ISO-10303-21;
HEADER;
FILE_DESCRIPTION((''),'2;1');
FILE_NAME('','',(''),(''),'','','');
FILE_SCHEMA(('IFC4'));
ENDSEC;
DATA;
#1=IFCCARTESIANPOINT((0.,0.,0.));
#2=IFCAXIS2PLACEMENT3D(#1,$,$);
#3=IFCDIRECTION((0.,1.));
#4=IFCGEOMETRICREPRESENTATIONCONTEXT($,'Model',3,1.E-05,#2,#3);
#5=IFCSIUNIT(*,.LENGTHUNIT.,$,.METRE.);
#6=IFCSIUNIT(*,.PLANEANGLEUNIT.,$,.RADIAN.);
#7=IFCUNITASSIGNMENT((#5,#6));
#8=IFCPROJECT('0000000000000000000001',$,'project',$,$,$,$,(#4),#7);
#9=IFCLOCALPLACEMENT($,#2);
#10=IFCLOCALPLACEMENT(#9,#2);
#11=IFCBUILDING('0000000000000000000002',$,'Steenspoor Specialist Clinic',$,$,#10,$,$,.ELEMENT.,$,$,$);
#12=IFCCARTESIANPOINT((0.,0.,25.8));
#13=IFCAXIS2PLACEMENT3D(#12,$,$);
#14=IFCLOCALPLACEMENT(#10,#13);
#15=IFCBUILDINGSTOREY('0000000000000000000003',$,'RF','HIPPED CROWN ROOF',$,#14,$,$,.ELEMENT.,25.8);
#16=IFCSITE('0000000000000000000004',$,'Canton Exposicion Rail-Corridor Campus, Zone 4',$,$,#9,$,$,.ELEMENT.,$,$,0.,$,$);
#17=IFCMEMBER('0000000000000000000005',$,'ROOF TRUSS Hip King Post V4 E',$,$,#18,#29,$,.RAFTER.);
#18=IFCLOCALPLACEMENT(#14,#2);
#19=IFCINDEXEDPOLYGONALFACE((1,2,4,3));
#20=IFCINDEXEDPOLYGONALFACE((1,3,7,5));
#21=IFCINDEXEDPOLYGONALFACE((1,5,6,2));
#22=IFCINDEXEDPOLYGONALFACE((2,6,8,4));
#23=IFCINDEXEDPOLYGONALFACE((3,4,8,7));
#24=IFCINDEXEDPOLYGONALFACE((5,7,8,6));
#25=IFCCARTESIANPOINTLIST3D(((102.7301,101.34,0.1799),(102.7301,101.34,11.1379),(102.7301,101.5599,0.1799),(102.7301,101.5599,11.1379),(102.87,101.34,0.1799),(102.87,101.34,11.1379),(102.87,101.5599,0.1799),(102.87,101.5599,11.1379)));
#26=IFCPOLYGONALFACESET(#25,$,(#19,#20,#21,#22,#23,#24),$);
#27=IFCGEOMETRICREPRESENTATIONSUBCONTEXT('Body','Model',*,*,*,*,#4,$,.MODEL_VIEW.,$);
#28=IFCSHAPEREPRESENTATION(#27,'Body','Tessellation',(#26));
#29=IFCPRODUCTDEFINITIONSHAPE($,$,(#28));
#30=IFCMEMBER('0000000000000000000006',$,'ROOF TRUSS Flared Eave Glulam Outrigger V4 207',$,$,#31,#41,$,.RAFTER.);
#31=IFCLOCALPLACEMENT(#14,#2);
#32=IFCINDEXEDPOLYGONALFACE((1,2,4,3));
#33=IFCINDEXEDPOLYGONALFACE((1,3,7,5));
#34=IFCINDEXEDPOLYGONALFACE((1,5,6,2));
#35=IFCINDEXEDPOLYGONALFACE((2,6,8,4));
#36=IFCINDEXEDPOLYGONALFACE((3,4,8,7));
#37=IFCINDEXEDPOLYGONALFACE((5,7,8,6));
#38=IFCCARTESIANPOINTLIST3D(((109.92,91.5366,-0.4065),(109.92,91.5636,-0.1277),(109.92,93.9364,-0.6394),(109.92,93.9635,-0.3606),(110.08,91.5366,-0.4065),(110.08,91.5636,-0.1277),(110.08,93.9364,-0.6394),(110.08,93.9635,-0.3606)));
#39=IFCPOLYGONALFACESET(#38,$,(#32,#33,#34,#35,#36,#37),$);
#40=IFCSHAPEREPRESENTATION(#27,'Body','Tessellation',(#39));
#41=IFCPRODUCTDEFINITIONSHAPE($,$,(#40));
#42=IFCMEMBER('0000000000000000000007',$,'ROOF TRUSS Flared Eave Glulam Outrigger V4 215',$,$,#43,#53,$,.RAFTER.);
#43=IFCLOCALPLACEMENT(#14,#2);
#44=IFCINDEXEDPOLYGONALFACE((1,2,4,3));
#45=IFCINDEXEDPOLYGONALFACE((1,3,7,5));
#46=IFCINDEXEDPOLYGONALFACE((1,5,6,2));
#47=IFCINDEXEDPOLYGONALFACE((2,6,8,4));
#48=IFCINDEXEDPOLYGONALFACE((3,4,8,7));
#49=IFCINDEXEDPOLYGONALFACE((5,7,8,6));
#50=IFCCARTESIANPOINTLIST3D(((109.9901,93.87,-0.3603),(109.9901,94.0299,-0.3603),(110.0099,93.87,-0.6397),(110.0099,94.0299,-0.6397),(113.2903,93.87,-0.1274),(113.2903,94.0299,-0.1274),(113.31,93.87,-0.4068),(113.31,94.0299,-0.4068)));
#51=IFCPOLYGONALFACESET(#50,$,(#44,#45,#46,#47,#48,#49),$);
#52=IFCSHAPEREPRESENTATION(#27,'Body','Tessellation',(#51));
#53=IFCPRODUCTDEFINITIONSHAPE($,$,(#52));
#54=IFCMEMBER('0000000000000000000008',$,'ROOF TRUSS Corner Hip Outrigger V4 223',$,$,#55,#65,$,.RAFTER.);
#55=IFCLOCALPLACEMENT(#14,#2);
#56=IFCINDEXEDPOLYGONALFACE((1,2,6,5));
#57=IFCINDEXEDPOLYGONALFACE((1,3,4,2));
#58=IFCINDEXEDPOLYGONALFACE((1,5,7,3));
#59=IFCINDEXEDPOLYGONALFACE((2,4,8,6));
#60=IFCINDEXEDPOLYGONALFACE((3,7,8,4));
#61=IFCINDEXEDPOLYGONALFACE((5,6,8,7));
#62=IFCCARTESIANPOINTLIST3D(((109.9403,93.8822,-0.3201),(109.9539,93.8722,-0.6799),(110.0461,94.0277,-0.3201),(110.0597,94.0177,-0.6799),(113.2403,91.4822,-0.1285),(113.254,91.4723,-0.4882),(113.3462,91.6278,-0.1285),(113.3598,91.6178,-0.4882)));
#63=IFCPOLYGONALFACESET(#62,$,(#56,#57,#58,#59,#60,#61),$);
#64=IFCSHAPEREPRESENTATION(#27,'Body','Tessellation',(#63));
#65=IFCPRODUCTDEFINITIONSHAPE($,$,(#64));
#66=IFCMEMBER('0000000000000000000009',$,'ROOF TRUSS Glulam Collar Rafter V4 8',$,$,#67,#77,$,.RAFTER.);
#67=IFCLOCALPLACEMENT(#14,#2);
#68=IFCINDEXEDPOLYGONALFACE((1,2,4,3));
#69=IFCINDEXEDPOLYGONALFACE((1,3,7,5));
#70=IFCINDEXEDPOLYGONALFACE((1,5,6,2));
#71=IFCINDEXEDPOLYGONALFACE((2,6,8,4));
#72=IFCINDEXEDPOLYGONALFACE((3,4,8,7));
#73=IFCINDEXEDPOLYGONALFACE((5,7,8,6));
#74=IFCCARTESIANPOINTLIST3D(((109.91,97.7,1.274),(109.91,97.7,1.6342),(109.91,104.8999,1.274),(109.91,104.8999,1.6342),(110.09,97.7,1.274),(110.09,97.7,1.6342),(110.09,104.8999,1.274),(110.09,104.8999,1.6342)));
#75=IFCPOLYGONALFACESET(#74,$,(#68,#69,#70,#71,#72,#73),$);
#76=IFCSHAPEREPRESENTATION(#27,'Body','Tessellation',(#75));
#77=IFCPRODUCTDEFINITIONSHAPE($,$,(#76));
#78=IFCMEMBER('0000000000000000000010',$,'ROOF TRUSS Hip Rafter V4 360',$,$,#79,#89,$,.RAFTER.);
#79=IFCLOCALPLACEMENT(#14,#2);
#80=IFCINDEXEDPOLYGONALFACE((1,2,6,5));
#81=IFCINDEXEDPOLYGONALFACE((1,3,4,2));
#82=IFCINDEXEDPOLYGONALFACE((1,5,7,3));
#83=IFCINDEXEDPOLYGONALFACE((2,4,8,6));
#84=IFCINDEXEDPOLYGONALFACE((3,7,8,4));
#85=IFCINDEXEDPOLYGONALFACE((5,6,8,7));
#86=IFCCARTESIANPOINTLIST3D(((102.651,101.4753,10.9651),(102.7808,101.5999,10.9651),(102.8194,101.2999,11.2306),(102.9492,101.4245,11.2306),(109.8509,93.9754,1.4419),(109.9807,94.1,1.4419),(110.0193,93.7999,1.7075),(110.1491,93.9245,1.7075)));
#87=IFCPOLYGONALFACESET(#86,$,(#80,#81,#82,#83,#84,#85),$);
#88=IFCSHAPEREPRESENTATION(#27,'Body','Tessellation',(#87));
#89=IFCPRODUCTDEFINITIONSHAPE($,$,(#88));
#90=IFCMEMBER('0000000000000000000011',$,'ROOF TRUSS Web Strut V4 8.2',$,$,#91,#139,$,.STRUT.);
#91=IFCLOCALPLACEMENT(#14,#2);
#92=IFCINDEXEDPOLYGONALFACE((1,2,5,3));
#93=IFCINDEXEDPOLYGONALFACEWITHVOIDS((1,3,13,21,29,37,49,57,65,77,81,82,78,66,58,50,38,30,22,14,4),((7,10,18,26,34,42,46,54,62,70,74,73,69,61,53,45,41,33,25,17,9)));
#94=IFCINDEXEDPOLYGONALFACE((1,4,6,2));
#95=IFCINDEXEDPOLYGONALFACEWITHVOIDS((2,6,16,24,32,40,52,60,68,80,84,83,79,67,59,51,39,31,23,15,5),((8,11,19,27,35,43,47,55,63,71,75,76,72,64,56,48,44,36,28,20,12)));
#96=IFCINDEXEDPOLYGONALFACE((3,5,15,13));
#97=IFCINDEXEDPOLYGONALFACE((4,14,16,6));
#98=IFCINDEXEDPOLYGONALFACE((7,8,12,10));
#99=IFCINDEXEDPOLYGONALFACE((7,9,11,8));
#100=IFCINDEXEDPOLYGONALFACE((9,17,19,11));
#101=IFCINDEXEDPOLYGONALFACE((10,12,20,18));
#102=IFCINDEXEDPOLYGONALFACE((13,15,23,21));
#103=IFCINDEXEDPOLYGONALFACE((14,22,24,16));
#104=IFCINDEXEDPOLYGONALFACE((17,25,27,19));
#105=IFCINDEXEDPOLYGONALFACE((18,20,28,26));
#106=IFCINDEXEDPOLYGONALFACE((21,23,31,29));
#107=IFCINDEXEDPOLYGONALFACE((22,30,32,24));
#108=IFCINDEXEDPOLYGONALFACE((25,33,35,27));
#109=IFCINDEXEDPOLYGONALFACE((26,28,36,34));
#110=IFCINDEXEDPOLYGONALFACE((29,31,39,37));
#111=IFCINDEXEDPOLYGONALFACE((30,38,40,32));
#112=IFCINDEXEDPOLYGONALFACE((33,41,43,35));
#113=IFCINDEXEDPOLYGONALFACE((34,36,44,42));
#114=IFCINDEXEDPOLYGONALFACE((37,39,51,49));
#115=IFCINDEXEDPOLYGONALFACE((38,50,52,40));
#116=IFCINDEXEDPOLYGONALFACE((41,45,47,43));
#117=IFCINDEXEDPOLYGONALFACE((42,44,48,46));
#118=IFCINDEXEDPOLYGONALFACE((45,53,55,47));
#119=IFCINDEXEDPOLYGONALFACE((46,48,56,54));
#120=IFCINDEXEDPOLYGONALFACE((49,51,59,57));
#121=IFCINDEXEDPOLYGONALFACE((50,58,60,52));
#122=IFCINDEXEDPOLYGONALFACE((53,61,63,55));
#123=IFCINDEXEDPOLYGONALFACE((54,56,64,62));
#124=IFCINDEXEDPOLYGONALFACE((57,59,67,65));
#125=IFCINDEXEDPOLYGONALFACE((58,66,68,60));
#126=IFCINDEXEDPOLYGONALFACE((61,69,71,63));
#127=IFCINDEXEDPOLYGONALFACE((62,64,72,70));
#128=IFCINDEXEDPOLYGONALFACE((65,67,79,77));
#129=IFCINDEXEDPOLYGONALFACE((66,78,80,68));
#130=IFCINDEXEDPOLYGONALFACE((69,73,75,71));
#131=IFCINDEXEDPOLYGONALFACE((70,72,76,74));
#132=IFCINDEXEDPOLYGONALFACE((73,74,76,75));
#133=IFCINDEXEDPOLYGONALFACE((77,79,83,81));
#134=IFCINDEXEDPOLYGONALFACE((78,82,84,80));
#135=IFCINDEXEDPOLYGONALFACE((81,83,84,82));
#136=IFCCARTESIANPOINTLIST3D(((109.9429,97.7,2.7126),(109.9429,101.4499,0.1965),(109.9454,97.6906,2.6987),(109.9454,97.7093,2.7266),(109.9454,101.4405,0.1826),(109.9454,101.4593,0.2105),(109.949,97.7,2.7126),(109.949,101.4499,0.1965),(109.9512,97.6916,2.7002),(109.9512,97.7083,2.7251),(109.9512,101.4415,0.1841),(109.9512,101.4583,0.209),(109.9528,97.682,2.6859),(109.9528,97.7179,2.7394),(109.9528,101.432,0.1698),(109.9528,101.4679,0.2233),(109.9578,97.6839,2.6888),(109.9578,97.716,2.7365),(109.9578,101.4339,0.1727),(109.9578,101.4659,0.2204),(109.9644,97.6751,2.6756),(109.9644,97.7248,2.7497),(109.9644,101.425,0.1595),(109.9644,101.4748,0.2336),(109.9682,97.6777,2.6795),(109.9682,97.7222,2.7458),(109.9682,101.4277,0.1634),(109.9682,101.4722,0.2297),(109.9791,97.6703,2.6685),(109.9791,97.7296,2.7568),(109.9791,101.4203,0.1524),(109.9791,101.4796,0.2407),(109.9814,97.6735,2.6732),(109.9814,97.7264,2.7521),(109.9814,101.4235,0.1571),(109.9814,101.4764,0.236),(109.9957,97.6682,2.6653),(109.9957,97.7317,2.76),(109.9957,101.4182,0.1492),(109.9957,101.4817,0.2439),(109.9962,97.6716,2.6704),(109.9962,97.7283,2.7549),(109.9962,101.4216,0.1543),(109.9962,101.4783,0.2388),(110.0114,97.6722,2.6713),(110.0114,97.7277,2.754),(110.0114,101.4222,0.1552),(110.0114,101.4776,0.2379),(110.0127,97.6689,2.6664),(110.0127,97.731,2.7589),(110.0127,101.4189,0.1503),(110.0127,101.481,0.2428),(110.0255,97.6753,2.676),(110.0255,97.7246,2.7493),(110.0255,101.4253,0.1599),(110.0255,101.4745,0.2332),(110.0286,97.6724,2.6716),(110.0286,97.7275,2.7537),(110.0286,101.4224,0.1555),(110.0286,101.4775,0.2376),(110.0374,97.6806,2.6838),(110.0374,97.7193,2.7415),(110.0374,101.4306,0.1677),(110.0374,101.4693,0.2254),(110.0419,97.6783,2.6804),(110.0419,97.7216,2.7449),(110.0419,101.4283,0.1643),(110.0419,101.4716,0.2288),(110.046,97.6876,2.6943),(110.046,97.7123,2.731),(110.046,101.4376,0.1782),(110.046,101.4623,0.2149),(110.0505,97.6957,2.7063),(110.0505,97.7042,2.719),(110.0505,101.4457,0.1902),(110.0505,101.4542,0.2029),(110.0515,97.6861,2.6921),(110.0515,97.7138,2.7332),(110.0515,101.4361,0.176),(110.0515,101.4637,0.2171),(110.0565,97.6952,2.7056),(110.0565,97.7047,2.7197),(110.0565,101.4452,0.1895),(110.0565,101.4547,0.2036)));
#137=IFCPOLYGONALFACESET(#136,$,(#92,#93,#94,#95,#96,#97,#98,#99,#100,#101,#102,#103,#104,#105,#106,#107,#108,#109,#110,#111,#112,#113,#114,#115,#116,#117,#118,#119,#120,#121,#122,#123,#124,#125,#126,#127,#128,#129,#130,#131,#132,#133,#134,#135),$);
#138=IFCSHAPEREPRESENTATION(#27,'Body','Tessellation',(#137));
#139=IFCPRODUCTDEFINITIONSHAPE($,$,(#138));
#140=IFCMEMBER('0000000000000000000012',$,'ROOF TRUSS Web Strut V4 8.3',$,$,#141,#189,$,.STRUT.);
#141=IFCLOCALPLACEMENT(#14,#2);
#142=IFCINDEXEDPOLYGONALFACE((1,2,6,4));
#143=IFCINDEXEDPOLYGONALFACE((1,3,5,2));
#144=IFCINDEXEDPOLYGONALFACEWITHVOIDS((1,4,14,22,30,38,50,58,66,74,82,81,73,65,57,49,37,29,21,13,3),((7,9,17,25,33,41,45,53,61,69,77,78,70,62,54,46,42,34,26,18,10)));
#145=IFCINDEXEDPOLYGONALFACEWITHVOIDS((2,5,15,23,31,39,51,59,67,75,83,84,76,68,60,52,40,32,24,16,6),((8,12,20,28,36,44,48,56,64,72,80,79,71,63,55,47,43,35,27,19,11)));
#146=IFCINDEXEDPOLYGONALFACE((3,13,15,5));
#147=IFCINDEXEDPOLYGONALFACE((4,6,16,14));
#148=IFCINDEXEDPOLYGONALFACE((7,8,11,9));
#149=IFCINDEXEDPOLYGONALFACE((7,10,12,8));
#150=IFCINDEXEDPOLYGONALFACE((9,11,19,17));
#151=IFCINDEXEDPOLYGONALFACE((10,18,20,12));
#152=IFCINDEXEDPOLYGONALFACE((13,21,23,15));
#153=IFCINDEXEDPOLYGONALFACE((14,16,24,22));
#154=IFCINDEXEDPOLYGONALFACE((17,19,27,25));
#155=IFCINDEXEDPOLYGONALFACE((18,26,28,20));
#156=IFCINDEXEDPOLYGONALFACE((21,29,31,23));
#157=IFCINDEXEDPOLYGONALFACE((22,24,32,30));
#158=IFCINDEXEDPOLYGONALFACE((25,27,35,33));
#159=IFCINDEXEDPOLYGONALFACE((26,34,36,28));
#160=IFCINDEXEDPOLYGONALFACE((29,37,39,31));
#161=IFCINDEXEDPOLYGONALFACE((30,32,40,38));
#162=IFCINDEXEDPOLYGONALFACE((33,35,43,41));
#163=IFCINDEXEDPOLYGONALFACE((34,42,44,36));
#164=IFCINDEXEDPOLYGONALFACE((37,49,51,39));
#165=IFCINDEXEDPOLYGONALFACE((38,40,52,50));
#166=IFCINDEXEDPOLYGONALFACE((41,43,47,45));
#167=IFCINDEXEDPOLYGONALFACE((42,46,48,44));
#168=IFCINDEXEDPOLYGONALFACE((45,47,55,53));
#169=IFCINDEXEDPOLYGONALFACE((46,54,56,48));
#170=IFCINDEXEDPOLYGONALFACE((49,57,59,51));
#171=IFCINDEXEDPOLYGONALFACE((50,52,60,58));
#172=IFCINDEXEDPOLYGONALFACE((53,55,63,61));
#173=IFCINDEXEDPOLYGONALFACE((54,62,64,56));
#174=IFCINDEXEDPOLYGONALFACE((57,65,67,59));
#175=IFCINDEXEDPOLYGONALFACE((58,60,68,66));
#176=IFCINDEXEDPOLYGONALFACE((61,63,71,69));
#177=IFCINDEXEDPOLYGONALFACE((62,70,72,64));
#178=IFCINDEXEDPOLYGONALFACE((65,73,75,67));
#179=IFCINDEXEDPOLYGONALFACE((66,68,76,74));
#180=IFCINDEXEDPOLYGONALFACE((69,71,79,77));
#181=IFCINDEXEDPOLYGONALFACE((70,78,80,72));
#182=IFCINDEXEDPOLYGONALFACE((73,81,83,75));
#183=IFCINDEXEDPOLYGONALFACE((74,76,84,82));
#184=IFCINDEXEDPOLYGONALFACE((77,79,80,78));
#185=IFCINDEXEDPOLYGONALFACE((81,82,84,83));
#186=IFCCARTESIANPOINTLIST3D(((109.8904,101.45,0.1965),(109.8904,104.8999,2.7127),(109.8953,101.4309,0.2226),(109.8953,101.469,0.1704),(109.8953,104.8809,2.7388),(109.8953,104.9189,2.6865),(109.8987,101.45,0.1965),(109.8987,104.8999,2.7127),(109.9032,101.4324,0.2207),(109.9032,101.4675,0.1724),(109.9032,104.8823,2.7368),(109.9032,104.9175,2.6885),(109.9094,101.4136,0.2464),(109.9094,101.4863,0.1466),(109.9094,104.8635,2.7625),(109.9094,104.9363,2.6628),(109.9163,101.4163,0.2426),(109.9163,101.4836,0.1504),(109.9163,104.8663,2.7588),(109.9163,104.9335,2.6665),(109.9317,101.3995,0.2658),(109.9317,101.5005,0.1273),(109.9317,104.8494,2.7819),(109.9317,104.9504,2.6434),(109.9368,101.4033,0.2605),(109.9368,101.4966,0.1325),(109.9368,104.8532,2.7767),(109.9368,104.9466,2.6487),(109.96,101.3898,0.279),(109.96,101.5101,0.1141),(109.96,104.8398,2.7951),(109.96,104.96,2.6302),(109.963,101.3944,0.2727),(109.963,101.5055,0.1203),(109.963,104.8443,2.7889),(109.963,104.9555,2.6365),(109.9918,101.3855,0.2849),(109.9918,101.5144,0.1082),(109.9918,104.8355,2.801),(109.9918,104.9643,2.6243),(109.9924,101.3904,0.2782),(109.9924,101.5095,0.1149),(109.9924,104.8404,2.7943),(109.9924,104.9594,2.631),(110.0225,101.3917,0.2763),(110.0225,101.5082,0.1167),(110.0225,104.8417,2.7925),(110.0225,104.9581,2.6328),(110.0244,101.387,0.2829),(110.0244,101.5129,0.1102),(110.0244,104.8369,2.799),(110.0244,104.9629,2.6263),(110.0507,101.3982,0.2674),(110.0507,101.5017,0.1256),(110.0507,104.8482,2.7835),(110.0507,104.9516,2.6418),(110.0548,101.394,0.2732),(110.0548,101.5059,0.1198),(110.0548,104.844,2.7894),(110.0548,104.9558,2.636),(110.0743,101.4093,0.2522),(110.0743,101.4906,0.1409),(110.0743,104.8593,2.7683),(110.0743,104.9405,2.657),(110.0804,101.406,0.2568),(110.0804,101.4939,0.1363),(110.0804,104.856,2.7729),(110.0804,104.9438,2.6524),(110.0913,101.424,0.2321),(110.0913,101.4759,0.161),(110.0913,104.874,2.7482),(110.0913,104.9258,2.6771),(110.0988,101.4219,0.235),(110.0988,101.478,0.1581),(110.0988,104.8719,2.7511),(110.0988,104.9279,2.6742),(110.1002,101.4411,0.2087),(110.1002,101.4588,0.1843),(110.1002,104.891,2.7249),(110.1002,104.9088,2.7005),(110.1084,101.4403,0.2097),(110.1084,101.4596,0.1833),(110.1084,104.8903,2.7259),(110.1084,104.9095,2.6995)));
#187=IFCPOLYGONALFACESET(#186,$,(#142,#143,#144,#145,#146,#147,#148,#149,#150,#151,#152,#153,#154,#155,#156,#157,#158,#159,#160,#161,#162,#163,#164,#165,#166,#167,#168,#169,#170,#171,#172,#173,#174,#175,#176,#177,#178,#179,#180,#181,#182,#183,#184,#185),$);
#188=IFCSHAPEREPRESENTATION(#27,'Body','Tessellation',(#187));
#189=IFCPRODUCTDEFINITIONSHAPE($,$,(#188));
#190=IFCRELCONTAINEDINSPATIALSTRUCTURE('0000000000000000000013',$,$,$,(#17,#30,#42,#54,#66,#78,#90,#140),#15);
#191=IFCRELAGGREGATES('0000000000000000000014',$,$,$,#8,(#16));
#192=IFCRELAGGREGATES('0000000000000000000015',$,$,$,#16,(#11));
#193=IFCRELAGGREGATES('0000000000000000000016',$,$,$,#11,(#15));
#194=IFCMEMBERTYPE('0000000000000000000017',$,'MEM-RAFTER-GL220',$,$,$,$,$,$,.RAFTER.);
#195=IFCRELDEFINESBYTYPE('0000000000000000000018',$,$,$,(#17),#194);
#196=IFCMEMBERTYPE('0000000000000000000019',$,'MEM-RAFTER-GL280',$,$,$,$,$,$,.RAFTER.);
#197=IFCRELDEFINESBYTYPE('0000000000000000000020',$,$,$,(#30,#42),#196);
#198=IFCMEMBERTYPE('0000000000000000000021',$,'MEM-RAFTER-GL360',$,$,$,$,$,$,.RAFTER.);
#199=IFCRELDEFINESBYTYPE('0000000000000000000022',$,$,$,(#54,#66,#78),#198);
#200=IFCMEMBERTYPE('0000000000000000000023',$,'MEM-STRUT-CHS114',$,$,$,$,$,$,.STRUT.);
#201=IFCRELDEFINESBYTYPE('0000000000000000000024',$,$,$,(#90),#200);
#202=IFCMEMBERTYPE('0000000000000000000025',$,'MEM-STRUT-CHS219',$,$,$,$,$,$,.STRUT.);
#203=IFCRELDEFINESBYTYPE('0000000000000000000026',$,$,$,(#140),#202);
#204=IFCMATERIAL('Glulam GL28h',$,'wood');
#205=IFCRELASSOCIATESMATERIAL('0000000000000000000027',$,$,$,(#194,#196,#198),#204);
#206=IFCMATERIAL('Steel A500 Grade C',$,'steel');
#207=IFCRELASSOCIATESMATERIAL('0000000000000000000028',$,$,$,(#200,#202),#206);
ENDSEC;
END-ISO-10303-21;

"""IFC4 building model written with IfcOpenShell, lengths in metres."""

from ifc_helpers import new_model, si_unit, direction, frame, origin, origin_2d, place, context, subcontext, project, spatial, rectangle, hollow_circle, extrude, material, material_profile, profile_set, type_object, element, save


model = new_model("IFC4")

# Units and contexts
model_context = context("Model", 3, precision=1e-05, world=origin(), true_north=direction((0.0, 1.0)))
body_context = subcontext(model_context, "Body", "Model", "MODEL_VIEW")
ifc_project = project(units=[si_unit("LENGTHUNIT", "METRE"), si_unit("PLANEANGLEUNIT", "RADIAN")], contexts=[model_context])

# Site, building, storey
site_placement = place(None, origin())
site = spatial("IfcSite", under=ifc_project, at=site_placement, Name="Canton Exposicion Rail-Corridor Campus, Zone 4", CompositionType="ELEMENT", RefElevation=0.0)
building_placement = place(site_placement, origin())
building = spatial("IfcBuilding", under=site, at=building_placement, Name="Steenspoor Specialist Clinic", CompositionType="ELEMENT")
storey_placement = place(building_placement, frame((0.0, 0.0, 25.8)))
storey = spatial("IfcBuildingStorey", under=building, at=storey_placement, Name="RF", Description="HIPPED CROWN ROOF", CompositionType="ELEMENT", Elevation=25.8)

# Members
ifc_material_1 = material(Name="Steel A500 Grade C", Category="steel")
ifc_material_2 = material(Name="Glulam GL28h", Category="wood")
ifc_material_profile_1 = material_profile(ifc_material_2, rectangle(XDim=0.1399, YDim=0.22, at=origin_2d()), Name="GL28H-140X220")
ifc_profile_set_1 = profile_set([ifc_material_profile_1], Name="Glulam GL28h")
member_type_1 = type_object("IfcMemberType", Name="MEM-RAFTER-GL220", PredefinedType="RAFTER", material=ifc_profile_set_1)
member_1_placement = place(storey_placement, frame((102.8, 101.45, 0.1799), z_axis=(0.0, 0.0, 1.0), x_axis=(1.0, 0.0, 0.0)))
element("IfcMember", 1, at=member_1_placement, inside=storey, type_object=member_type_1, Name="ROOF TRUSS Hip King Post V4 E", PredefinedType="RAFTER", context=body_context, shape_type="SweptSolid", body=[
    extrude(rectangle(XDim=0.1399, YDim=0.22, at=origin_2d()), origin(), (0.0, 0.0, 1.0), 10.958),
])
ifc_material_profile_2 = material_profile(ifc_material_2, rectangle(XDim=0.1599, YDim=0.28, at=origin_2d()), Name="GL28H-160X280")
ifc_profile_set_2 = profile_set([ifc_material_profile_2], Name="Glulam GL28h")
member_type_2 = type_object("IfcMemberType", Name="MEM-RAFTER-GL280", PredefinedType="RAFTER", material=ifc_profile_set_2)
member_2_placement = place(storey_placement, frame((110.0, 93.95, -0.5), z_axis=(0.0, -0.995324, 0.096596), x_axis=(1.0, 0.0, 0.0)))
element("IfcMember", 2, at=member_2_placement, inside=storey, type_object=member_type_2, Name="ROOF TRUSS Flared Eave Glulam Outrigger V4 207", PredefinedType="RAFTER", context=body_context, shape_type="SweptSolid", body=[
    extrude(rectangle(XDim=0.1599, YDim=0.28, at=origin_2d()), origin(), (0.0, 0.0, 1.0), 2.4111),
])
member_3_placement = place(storey_placement, frame((110.0, 93.95, -0.5), z_axis=(0.997519, 0.0, 0.070403), x_axis=(0.0, 1.0, 0.0)))
element("IfcMember", 3, at=member_3_placement, inside=storey, type_object=member_type_2, Name="ROOF TRUSS Flared Eave Glulam Outrigger V4 215", PredefinedType="RAFTER", context=body_context, shape_type="SweptSolid", body=[
    extrude(rectangle(XDim=0.1599, YDim=0.28, at=origin_2d()), origin(), (0.0, 0.0, 1.0), 3.3083),
])
ifc_material_profile_3 = material_profile(ifc_material_2, rectangle(XDim=0.1799, YDim=0.3601, at=origin_2d()), Name="GL28H-180X360")
ifc_profile_set_3 = profile_set([ifc_material_profile_3], Name="Glulam GL28h")
member_type_3 = type_object("IfcMemberType", Name="MEM-RAFTER-GL360", PredefinedType="RAFTER", material=ifc_profile_set_3)
member_4_placement = place(storey_placement, frame((110.0, 93.95, -0.5), z_axis=(0.807861, -0.587503, 0.046917), x_axis=(0.58815, 0.808752, 0.0)))
element("IfcMember", 4, at=member_4_placement, inside=storey, type_object=member_type_3, Name="ROOF TRUSS Corner Hip Outrigger V4 223", PredefinedType="RAFTER", context=body_context, shape_type="SweptSolid", body=[
    extrude(rectangle(XDim=0.1799, YDim=0.3601, at=origin_2d()), origin(), (0.0, 0.0, 1.0), 4.085),
])
member_5_placement = place(storey_placement, frame((110.0, 97.7, 1.4541), z_axis=(0.0, 1.0, 0.0), x_axis=(-1.0, 0.0, 0.0)))
element("IfcMember", 5, at=member_5_placement, inside=storey, type_object=member_type_3, Name="ROOF TRUSS Glulam Collar Rafter V4 8", PredefinedType="RAFTER", context=body_context, shape_type="SweptSolid", body=[
    extrude(rectangle(XDim=0.1799, YDim=0.3601, at=origin_2d()), origin(), (0.0, 0.0, 1.0), 7.2),
])
member_6_placement = place(storey_placement, frame((110.0, 93.95, 1.5747), z_axis=(-0.510673, 0.531954, 0.675454), x_axis=(-0.72139, -0.692529, 0.0)))
element("IfcMember", 6, at=member_6_placement, inside=storey, type_object=member_type_3, Name="ROOF TRUSS Hip Rafter V4 360", PredefinedType="RAFTER", context=body_context, shape_type="SweptSolid", body=[
    extrude(rectangle(XDim=0.1799, YDim=0.3601, at=origin_2d()), origin(), (0.0, 0.0, 1.0), 14.0989),
])
ifc_material_profile_4 = material_profile(ifc_material_1, hollow_circle(Radius=0.0571, WallThickness=0.0061, at=origin_2d()), Name="CHS114X6.0")
ifc_profile_set_4 = profile_set([ifc_material_profile_4], Name="Steel A500 Grade C")
member_type_4 = type_object("IfcMemberType", Name="MEM-STRUT-CHS114", PredefinedType="STRUT", material=ifc_profile_set_4)
member_7_placement = place(storey_placement, frame((110.0, 97.7, 2.7126), z_axis=(0.0, 0.8304, -0.557168), x_axis=(-1.0, 0.0, 0.0)))
element("IfcMember", 7, at=member_7_placement, inside=storey, type_object=member_type_4, Name="ROOF TRUSS Web Strut V4 8.2", PredefinedType="STRUT", context=body_context, shape_type="SweptSolid", body=[
    extrude(hollow_circle(Radius=0.0571, WallThickness=0.0061, at=origin_2d()), origin(), (0.0, 0.0, 1.0), 4.5159),
])
ifc_material_profile_5 = material_profile(ifc_material_1, hollow_circle(Radius=0.1096, WallThickness=0.0083, at=origin_2d()), Name="CHS219X8.2")
ifc_profile_set_5 = profile_set([ifc_material_profile_5], Name="Steel A500 Grade C")
member_type_5 = type_object("IfcMemberType", Name="MEM-STRUT-CHS219", PredefinedType="STRUT", material=ifc_profile_set_5)
member_8_placement = place(storey_placement, frame((110.0, 101.45, 0.1965), z_axis=(0.0, 0.807949, 0.589252), x_axis=(-1.0, 0.0, 0.0)))
element("IfcMember", 8, at=member_8_placement, inside=storey, type_object=member_type_5, Name="ROOF TRUSS Web Strut V4 8.3", PredefinedType="STRUT", context=body_context, shape_type="SweptSolid", body=[
    extrude(hollow_circle(Radius=0.1096, WallThickness=0.0083, at=origin_2d()), origin(), (0.0, 0.0, 1.0), 4.27),
])

save(model, "model.ifc")
